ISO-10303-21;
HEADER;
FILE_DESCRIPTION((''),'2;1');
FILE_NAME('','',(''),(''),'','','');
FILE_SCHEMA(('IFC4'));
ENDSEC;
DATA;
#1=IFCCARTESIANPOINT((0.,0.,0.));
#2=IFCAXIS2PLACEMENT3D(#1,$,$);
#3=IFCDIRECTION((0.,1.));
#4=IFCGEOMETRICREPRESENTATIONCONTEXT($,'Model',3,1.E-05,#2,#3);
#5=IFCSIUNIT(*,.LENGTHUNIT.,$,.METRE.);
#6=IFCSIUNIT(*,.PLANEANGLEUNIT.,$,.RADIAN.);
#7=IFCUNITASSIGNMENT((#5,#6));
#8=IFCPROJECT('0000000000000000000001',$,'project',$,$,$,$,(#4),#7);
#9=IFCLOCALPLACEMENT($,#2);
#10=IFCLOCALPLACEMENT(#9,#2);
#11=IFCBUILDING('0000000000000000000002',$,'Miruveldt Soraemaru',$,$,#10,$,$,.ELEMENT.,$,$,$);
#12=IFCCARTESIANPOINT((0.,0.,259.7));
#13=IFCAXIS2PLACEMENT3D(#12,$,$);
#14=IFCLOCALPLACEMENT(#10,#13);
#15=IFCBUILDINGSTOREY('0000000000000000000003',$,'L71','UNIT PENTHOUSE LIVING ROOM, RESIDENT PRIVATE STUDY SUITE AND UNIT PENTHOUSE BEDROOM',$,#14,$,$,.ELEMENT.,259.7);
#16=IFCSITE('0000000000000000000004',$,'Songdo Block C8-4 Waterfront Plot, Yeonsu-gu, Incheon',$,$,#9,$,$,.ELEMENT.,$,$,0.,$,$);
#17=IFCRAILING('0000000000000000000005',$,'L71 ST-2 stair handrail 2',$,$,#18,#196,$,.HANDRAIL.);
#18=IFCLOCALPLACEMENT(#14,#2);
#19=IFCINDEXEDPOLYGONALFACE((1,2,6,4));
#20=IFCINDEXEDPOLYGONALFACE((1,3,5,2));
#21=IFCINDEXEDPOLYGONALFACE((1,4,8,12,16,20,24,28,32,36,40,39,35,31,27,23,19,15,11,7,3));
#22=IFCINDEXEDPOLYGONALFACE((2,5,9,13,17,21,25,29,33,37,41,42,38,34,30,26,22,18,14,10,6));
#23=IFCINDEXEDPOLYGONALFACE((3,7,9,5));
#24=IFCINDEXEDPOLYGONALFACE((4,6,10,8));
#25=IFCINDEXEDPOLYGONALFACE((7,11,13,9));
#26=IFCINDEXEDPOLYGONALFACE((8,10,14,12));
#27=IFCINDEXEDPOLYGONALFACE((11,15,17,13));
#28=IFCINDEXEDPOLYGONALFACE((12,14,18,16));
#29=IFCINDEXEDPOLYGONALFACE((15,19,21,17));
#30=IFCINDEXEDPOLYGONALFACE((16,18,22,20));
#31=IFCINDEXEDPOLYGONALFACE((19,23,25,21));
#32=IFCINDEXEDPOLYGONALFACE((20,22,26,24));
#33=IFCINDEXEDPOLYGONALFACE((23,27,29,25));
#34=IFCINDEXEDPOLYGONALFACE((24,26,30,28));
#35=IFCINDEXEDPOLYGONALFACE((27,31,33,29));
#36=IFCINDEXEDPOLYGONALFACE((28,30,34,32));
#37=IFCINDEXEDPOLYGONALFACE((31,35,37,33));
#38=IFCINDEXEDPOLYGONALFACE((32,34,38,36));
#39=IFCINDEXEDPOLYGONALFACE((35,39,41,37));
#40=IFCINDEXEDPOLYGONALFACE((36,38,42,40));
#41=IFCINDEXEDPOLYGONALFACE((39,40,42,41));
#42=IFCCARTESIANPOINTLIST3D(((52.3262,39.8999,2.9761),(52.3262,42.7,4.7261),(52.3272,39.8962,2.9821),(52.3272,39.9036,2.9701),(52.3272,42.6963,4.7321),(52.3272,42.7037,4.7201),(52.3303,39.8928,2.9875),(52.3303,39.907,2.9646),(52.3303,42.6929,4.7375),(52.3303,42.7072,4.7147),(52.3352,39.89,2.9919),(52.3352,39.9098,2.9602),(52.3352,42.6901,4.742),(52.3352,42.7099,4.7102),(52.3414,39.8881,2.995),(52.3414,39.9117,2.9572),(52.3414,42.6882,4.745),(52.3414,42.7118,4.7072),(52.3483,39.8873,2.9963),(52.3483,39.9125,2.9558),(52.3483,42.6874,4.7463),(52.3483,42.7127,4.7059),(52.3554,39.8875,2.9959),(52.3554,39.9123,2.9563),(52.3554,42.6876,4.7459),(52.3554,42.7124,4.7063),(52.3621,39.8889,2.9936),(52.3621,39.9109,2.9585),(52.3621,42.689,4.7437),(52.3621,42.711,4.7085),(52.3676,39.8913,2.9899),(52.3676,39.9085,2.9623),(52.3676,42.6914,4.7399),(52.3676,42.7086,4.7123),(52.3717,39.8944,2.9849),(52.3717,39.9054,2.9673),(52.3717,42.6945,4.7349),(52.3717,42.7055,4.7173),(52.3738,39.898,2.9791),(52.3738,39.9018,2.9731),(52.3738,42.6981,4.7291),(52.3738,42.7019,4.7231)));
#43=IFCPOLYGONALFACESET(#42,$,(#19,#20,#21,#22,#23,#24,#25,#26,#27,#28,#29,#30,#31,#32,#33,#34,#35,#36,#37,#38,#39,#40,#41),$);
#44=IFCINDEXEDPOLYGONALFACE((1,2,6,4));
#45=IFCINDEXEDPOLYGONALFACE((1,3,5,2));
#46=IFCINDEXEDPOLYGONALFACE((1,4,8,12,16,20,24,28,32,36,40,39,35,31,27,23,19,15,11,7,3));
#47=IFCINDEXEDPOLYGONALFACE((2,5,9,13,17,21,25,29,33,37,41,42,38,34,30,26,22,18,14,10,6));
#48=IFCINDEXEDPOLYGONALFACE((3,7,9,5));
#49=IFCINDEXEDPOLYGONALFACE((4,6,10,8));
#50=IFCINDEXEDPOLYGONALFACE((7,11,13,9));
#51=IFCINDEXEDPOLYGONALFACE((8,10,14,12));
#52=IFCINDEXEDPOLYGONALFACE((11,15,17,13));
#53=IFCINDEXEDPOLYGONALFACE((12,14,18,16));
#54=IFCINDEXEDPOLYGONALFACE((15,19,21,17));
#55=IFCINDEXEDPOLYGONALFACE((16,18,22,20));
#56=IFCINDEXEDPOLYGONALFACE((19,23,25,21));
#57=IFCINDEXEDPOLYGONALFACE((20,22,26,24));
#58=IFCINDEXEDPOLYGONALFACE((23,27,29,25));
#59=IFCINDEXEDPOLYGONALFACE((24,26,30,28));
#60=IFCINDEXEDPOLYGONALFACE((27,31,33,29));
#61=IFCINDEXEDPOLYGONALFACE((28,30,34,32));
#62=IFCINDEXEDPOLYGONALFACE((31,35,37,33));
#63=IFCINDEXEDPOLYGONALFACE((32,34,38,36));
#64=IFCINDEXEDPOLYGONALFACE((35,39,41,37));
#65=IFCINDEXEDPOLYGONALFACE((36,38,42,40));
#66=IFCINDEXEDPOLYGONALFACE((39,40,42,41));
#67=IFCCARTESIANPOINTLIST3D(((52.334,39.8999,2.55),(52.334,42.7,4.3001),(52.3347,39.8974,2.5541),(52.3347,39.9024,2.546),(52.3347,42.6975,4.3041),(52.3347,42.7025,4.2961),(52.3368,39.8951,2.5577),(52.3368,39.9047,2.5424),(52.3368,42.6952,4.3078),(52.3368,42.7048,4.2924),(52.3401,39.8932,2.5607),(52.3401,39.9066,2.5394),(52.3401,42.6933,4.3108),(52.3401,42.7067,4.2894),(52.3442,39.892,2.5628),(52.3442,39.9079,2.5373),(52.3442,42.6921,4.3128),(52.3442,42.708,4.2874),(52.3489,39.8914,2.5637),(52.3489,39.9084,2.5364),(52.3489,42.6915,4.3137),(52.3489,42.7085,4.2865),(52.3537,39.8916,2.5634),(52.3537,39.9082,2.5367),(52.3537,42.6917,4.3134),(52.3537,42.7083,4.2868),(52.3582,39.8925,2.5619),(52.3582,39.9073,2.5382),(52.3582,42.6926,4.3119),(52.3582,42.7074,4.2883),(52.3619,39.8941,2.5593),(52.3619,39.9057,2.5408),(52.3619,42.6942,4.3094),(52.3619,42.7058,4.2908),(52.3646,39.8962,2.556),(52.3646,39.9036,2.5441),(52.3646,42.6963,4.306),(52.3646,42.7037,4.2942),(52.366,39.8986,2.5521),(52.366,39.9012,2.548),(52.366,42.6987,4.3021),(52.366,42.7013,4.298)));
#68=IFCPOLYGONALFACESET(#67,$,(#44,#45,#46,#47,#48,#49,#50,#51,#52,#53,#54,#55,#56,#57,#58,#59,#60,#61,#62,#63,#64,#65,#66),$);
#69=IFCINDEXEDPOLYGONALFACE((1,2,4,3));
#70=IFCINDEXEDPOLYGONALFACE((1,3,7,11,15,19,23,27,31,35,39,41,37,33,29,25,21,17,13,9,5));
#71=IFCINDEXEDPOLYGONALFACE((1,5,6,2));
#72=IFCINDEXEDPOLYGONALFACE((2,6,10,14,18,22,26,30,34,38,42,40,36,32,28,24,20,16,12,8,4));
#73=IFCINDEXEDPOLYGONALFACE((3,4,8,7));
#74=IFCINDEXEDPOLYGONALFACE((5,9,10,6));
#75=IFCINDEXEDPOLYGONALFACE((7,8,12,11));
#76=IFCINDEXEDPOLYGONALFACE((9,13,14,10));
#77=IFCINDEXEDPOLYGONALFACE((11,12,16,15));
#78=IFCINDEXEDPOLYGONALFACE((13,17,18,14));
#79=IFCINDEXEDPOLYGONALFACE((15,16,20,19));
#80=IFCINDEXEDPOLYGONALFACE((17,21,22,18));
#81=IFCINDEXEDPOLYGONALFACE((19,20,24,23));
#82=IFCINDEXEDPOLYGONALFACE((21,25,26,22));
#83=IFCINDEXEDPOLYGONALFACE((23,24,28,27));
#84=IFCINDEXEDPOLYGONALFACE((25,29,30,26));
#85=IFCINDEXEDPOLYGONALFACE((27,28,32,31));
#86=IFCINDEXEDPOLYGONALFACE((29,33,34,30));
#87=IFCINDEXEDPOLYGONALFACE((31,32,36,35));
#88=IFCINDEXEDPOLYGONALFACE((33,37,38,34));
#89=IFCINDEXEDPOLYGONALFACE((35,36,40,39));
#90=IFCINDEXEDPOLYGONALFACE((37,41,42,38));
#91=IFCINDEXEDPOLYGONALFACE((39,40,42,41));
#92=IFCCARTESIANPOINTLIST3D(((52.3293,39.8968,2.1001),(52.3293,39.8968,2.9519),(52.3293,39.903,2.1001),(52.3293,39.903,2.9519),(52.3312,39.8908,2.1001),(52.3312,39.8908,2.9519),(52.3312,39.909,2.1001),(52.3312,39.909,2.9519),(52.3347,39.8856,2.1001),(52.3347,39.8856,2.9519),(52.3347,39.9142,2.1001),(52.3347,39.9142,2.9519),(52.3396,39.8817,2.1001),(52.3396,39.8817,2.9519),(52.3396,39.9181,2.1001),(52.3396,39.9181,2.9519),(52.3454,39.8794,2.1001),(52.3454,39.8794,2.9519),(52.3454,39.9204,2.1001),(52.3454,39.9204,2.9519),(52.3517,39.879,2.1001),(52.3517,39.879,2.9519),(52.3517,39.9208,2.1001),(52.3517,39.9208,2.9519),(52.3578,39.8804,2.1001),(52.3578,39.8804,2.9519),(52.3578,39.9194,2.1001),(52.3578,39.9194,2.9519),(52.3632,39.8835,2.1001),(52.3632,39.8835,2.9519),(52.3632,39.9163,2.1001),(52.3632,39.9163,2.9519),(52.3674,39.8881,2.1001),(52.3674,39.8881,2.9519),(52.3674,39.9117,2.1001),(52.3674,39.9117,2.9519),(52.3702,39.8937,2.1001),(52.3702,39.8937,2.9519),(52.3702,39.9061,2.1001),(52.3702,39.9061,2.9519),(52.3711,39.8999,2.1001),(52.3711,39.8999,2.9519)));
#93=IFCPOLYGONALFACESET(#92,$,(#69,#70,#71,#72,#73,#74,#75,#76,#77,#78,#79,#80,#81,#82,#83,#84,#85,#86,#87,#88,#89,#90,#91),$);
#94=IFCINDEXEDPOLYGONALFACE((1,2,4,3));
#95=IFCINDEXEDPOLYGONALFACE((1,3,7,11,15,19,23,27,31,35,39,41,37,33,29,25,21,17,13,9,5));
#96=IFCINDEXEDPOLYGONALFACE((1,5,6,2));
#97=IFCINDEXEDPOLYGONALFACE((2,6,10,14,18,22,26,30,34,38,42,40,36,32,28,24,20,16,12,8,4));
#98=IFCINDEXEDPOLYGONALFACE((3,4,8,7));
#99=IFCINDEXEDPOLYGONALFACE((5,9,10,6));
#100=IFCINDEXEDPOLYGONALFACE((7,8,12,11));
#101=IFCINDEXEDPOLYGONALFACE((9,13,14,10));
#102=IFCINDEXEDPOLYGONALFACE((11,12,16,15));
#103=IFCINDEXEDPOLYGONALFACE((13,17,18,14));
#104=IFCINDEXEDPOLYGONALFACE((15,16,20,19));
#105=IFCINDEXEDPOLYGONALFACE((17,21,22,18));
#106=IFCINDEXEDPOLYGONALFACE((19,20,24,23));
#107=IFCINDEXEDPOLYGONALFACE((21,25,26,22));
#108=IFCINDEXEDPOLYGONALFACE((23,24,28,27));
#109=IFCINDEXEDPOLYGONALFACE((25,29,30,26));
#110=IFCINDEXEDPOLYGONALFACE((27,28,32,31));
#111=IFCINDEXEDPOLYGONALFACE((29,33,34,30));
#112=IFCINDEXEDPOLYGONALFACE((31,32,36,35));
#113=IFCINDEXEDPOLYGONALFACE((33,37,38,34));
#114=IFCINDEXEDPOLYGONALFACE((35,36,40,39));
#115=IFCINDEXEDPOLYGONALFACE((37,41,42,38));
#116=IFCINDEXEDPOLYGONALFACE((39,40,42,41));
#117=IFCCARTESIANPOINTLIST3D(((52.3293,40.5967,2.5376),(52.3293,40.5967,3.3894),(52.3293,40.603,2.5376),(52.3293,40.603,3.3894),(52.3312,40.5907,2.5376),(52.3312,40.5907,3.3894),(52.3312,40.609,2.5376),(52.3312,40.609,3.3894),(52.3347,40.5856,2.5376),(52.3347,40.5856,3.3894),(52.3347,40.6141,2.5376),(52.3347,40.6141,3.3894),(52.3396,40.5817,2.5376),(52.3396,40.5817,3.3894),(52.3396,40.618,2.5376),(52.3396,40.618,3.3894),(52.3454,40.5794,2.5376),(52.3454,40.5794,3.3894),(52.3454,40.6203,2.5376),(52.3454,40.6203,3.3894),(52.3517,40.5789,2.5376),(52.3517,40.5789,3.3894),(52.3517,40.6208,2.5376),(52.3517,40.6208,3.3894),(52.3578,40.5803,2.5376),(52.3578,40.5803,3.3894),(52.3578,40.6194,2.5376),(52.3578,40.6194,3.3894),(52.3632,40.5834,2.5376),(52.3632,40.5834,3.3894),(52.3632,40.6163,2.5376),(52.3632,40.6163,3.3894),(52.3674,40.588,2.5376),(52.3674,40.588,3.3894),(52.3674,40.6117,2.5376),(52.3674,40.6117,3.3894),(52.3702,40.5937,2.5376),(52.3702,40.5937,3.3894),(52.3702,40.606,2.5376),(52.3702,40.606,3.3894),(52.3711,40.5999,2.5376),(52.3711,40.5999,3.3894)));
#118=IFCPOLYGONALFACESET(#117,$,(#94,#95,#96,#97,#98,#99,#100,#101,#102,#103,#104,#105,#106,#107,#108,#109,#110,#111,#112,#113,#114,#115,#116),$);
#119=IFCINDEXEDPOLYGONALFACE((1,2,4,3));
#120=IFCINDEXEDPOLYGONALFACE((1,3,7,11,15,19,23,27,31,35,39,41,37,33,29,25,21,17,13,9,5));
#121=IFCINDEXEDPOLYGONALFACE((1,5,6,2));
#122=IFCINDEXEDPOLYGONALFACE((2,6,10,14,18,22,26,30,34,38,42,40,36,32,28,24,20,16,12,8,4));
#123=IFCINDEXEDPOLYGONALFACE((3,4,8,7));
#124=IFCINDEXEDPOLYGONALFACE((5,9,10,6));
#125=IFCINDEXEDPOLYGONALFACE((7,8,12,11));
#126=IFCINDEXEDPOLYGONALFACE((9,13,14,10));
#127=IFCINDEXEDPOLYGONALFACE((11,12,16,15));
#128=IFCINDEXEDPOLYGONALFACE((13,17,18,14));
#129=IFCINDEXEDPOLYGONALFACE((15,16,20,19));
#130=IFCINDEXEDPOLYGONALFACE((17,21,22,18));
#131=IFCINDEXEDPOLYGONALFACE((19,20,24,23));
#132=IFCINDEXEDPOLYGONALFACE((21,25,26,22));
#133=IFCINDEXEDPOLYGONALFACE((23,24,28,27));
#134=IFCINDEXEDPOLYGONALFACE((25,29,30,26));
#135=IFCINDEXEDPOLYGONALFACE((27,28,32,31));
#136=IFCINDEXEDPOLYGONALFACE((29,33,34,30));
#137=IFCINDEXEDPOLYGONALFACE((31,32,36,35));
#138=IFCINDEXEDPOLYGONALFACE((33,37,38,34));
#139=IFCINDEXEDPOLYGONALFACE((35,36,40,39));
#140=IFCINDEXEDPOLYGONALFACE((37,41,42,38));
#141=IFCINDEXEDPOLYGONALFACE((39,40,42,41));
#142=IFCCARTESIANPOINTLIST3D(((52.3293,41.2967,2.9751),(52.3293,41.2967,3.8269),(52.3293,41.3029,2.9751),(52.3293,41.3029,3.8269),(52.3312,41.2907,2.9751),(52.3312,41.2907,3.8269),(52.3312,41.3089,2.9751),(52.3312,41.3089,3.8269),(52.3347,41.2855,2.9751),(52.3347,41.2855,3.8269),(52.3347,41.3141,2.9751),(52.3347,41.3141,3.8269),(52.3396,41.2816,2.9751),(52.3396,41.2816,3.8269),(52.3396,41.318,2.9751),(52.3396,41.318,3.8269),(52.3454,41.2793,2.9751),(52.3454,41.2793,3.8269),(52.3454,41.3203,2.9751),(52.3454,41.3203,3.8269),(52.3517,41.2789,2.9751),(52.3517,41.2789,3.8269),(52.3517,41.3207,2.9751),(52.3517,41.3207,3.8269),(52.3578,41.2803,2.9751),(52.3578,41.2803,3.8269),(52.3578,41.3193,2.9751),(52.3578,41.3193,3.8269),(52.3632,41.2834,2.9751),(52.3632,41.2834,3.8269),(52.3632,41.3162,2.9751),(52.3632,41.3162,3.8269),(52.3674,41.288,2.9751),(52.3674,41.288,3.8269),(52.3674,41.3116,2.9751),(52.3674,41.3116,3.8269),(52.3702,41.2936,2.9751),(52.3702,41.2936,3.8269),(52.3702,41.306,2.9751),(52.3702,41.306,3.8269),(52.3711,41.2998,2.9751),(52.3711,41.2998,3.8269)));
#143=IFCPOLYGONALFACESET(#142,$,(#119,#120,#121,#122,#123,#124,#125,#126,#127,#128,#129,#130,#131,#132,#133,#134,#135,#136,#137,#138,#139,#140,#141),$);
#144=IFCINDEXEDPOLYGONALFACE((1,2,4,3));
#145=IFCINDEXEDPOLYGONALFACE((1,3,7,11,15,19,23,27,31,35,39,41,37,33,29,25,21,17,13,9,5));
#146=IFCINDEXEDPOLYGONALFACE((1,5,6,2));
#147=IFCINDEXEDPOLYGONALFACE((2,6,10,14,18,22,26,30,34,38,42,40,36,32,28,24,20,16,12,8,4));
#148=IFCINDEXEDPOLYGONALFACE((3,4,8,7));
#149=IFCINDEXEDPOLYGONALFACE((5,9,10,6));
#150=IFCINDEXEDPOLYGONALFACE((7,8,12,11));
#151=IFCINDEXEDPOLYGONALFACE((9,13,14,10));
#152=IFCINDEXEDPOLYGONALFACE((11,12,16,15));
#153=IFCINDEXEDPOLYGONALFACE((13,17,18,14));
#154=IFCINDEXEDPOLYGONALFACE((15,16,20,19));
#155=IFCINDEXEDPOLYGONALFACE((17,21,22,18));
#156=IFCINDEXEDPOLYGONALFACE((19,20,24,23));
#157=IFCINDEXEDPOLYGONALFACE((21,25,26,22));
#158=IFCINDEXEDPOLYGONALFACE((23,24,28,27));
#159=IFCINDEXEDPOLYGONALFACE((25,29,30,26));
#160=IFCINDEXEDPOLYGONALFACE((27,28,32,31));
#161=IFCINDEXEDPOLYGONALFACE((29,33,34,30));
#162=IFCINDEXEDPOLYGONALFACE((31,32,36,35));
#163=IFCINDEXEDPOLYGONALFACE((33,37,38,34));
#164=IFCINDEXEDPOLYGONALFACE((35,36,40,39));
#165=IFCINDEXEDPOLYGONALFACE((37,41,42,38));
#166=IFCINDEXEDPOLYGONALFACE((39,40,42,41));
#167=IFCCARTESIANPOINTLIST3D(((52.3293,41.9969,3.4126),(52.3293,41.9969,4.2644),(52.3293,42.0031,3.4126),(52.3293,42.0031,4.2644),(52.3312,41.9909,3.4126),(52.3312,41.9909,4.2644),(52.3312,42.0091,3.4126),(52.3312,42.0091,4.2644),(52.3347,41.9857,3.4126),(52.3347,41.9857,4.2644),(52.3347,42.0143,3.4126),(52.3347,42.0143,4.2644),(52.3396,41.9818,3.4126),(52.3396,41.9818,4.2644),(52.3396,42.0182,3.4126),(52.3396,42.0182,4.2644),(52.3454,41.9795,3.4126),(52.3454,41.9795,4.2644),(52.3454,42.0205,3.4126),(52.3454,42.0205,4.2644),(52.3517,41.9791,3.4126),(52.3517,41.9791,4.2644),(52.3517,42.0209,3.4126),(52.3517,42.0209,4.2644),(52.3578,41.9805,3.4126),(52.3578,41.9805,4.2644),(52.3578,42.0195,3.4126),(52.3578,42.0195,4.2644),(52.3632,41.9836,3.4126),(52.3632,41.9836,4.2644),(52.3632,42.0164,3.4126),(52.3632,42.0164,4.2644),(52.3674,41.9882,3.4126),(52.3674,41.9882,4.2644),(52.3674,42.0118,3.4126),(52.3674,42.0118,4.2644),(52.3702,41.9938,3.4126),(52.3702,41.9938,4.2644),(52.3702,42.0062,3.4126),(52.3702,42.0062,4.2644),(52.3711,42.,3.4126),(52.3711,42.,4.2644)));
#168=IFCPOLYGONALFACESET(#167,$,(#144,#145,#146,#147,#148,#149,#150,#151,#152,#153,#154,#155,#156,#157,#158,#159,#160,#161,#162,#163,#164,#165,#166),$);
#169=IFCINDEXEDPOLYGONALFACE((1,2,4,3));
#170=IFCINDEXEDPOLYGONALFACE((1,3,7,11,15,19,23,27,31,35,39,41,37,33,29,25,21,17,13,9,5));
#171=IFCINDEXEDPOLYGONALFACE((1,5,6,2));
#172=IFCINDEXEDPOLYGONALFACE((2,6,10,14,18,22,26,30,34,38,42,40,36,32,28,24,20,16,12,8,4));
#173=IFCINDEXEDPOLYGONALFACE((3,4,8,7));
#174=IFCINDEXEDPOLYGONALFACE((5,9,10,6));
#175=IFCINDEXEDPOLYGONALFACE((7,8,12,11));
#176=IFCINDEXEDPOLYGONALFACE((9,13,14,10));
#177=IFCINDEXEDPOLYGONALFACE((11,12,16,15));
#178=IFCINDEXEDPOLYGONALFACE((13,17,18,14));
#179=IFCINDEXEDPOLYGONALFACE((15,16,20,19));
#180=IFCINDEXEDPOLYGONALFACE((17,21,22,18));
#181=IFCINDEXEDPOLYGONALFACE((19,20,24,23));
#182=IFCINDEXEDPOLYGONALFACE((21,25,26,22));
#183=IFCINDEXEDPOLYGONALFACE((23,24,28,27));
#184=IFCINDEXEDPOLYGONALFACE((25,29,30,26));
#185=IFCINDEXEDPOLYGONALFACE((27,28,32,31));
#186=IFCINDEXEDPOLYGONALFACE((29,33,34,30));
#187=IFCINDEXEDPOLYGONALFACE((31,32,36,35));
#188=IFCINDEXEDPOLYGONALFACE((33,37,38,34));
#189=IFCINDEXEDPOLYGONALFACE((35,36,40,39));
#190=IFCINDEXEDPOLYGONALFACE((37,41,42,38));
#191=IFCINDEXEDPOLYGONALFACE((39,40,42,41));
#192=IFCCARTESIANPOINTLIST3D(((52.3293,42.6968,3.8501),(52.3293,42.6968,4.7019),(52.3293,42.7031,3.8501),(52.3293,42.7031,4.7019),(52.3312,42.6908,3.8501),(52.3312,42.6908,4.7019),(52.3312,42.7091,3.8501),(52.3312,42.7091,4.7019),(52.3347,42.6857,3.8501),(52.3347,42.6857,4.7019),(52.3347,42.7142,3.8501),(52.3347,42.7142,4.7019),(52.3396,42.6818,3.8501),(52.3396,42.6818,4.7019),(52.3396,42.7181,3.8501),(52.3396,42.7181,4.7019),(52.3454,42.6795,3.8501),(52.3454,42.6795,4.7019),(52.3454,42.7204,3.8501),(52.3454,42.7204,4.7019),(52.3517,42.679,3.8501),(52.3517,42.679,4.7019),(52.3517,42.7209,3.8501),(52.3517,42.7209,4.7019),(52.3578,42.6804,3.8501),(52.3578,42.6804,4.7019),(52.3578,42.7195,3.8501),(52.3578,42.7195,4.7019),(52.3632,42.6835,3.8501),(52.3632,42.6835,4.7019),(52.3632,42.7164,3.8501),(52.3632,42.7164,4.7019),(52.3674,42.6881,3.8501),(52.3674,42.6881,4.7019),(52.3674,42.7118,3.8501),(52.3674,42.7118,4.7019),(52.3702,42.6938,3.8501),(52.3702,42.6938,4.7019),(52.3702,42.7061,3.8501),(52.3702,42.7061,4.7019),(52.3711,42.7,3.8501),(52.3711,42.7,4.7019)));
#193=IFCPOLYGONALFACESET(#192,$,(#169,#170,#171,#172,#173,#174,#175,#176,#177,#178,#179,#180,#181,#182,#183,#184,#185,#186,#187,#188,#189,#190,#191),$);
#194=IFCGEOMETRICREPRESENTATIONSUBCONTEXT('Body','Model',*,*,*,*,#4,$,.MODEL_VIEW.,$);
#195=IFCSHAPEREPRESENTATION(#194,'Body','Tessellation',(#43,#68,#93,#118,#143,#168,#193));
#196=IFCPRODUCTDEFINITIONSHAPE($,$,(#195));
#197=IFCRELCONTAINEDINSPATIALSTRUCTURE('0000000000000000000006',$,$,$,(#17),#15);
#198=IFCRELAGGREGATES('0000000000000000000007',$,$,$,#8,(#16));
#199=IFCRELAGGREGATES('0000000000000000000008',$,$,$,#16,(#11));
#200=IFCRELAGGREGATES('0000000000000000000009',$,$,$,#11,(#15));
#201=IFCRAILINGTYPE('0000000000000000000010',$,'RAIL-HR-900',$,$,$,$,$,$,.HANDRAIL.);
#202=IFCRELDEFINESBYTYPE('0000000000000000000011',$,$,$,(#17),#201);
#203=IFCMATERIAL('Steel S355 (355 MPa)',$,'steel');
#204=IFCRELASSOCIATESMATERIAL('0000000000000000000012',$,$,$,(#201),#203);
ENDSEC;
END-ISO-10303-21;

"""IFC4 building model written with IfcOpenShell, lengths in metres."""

from ifc_helpers import new_model, si_unit, direction, frame, origin, origin_2d, place, context, subcontext, project, spatial, circle, extrude, material, type_object, element, save


model = new_model("IFC4")

# Units and contexts
model_context = context("Model", 3, precision=1e-05, world=origin(), true_north=direction((0.0, 1.0)))
body_context = subcontext(model_context, "Body", "Model", "MODEL_VIEW")
ifc_project = project(units=[si_unit("LENGTHUNIT", "METRE"), si_unit("PLANEANGLEUNIT", "RADIAN")], contexts=[model_context])

# Site, building, storey
site_placement = place(None, origin())
site = spatial("IfcSite", under=ifc_project, at=site_placement, Name="Songdo Block C8-4 Waterfront Plot, Yeonsu-gu, Incheon", CompositionType="ELEMENT", RefElevation=0.0)
building_placement = place(site_placement, origin())
building = spatial("IfcBuilding", under=site, at=building_placement, Name="Miruveldt Soraemaru", CompositionType="ELEMENT")
storey_placement = place(building_placement, frame((0.0, 0.0, 259.7)))
storey = spatial("IfcBuildingStorey", under=building, at=storey_placement, Name="L71", Description="UNIT PENTHOUSE LIVING ROOM, RESIDENT PRIVATE STUDY SUITE AND UNIT PENTHOUSE BEDROOM", CompositionType="ELEMENT", Elevation=259.7)

# Railing
ifc_material_1 = material(Name="Steel S355 (355 MPa)", Category="steel")
railing_type_1 = type_object("IfcRailingType", Name="RAIL-HR-900", PredefinedType="HANDRAIL", material=ifc_material_1)
railing_1_placement = place(storey_placement, frame((52.3501, 39.8999, 2.1001)))
element("IfcRailing", 1, at=railing_1_placement, inside=storey, type_object=railing_type_1, Name="L71 ST-2 stair handrail 2", PredefinedType="HANDRAIL", context=body_context, shape_type="SweptSolid", body=[
    extrude(circle(Radius=0.0239, at=origin_2d()), frame((0.0, 0.0, 0.876), z_axis=(0.0, 0.848002, 0.529992), x_axis=(-1.0, 0.0, 0.0)), (0.0, 0.0, 1.0), 3.302),
    extrude(circle(Radius=0.0161, at=origin_2d()), frame((0.0, 0.0, 0.45), z_axis=(0.0, 0.848002, 0.529992), x_axis=(-1.0, 0.0, 0.0)), (0.0, 0.0, 1.0), 3.302),
    extrude(circle(Radius=0.021, at=origin_2d()), origin(), (0.0, 0.0, 1.0), 0.8518),
    extrude(circle(Radius=0.021, at=origin_2d()), frame((0.0, 0.7, 0.4375)), (0.0, 0.0, 1.0), 0.8518),
    extrude(circle(Radius=0.021, at=origin_2d()), frame((0.0, 1.3999, 0.875)), (0.0, 0.0, 1.0), 0.8518),
    extrude(circle(Radius=0.021, at=origin_2d()), frame((0.0, 2.1001, 1.3125)), (0.0, 0.0, 1.0), 0.8518),
    extrude(circle(Radius=0.021, at=origin_2d()), frame((0.0, 2.8, 1.75)), (0.0, 0.0, 1.0), 0.8518),
])

save(model, "model.ifc")
